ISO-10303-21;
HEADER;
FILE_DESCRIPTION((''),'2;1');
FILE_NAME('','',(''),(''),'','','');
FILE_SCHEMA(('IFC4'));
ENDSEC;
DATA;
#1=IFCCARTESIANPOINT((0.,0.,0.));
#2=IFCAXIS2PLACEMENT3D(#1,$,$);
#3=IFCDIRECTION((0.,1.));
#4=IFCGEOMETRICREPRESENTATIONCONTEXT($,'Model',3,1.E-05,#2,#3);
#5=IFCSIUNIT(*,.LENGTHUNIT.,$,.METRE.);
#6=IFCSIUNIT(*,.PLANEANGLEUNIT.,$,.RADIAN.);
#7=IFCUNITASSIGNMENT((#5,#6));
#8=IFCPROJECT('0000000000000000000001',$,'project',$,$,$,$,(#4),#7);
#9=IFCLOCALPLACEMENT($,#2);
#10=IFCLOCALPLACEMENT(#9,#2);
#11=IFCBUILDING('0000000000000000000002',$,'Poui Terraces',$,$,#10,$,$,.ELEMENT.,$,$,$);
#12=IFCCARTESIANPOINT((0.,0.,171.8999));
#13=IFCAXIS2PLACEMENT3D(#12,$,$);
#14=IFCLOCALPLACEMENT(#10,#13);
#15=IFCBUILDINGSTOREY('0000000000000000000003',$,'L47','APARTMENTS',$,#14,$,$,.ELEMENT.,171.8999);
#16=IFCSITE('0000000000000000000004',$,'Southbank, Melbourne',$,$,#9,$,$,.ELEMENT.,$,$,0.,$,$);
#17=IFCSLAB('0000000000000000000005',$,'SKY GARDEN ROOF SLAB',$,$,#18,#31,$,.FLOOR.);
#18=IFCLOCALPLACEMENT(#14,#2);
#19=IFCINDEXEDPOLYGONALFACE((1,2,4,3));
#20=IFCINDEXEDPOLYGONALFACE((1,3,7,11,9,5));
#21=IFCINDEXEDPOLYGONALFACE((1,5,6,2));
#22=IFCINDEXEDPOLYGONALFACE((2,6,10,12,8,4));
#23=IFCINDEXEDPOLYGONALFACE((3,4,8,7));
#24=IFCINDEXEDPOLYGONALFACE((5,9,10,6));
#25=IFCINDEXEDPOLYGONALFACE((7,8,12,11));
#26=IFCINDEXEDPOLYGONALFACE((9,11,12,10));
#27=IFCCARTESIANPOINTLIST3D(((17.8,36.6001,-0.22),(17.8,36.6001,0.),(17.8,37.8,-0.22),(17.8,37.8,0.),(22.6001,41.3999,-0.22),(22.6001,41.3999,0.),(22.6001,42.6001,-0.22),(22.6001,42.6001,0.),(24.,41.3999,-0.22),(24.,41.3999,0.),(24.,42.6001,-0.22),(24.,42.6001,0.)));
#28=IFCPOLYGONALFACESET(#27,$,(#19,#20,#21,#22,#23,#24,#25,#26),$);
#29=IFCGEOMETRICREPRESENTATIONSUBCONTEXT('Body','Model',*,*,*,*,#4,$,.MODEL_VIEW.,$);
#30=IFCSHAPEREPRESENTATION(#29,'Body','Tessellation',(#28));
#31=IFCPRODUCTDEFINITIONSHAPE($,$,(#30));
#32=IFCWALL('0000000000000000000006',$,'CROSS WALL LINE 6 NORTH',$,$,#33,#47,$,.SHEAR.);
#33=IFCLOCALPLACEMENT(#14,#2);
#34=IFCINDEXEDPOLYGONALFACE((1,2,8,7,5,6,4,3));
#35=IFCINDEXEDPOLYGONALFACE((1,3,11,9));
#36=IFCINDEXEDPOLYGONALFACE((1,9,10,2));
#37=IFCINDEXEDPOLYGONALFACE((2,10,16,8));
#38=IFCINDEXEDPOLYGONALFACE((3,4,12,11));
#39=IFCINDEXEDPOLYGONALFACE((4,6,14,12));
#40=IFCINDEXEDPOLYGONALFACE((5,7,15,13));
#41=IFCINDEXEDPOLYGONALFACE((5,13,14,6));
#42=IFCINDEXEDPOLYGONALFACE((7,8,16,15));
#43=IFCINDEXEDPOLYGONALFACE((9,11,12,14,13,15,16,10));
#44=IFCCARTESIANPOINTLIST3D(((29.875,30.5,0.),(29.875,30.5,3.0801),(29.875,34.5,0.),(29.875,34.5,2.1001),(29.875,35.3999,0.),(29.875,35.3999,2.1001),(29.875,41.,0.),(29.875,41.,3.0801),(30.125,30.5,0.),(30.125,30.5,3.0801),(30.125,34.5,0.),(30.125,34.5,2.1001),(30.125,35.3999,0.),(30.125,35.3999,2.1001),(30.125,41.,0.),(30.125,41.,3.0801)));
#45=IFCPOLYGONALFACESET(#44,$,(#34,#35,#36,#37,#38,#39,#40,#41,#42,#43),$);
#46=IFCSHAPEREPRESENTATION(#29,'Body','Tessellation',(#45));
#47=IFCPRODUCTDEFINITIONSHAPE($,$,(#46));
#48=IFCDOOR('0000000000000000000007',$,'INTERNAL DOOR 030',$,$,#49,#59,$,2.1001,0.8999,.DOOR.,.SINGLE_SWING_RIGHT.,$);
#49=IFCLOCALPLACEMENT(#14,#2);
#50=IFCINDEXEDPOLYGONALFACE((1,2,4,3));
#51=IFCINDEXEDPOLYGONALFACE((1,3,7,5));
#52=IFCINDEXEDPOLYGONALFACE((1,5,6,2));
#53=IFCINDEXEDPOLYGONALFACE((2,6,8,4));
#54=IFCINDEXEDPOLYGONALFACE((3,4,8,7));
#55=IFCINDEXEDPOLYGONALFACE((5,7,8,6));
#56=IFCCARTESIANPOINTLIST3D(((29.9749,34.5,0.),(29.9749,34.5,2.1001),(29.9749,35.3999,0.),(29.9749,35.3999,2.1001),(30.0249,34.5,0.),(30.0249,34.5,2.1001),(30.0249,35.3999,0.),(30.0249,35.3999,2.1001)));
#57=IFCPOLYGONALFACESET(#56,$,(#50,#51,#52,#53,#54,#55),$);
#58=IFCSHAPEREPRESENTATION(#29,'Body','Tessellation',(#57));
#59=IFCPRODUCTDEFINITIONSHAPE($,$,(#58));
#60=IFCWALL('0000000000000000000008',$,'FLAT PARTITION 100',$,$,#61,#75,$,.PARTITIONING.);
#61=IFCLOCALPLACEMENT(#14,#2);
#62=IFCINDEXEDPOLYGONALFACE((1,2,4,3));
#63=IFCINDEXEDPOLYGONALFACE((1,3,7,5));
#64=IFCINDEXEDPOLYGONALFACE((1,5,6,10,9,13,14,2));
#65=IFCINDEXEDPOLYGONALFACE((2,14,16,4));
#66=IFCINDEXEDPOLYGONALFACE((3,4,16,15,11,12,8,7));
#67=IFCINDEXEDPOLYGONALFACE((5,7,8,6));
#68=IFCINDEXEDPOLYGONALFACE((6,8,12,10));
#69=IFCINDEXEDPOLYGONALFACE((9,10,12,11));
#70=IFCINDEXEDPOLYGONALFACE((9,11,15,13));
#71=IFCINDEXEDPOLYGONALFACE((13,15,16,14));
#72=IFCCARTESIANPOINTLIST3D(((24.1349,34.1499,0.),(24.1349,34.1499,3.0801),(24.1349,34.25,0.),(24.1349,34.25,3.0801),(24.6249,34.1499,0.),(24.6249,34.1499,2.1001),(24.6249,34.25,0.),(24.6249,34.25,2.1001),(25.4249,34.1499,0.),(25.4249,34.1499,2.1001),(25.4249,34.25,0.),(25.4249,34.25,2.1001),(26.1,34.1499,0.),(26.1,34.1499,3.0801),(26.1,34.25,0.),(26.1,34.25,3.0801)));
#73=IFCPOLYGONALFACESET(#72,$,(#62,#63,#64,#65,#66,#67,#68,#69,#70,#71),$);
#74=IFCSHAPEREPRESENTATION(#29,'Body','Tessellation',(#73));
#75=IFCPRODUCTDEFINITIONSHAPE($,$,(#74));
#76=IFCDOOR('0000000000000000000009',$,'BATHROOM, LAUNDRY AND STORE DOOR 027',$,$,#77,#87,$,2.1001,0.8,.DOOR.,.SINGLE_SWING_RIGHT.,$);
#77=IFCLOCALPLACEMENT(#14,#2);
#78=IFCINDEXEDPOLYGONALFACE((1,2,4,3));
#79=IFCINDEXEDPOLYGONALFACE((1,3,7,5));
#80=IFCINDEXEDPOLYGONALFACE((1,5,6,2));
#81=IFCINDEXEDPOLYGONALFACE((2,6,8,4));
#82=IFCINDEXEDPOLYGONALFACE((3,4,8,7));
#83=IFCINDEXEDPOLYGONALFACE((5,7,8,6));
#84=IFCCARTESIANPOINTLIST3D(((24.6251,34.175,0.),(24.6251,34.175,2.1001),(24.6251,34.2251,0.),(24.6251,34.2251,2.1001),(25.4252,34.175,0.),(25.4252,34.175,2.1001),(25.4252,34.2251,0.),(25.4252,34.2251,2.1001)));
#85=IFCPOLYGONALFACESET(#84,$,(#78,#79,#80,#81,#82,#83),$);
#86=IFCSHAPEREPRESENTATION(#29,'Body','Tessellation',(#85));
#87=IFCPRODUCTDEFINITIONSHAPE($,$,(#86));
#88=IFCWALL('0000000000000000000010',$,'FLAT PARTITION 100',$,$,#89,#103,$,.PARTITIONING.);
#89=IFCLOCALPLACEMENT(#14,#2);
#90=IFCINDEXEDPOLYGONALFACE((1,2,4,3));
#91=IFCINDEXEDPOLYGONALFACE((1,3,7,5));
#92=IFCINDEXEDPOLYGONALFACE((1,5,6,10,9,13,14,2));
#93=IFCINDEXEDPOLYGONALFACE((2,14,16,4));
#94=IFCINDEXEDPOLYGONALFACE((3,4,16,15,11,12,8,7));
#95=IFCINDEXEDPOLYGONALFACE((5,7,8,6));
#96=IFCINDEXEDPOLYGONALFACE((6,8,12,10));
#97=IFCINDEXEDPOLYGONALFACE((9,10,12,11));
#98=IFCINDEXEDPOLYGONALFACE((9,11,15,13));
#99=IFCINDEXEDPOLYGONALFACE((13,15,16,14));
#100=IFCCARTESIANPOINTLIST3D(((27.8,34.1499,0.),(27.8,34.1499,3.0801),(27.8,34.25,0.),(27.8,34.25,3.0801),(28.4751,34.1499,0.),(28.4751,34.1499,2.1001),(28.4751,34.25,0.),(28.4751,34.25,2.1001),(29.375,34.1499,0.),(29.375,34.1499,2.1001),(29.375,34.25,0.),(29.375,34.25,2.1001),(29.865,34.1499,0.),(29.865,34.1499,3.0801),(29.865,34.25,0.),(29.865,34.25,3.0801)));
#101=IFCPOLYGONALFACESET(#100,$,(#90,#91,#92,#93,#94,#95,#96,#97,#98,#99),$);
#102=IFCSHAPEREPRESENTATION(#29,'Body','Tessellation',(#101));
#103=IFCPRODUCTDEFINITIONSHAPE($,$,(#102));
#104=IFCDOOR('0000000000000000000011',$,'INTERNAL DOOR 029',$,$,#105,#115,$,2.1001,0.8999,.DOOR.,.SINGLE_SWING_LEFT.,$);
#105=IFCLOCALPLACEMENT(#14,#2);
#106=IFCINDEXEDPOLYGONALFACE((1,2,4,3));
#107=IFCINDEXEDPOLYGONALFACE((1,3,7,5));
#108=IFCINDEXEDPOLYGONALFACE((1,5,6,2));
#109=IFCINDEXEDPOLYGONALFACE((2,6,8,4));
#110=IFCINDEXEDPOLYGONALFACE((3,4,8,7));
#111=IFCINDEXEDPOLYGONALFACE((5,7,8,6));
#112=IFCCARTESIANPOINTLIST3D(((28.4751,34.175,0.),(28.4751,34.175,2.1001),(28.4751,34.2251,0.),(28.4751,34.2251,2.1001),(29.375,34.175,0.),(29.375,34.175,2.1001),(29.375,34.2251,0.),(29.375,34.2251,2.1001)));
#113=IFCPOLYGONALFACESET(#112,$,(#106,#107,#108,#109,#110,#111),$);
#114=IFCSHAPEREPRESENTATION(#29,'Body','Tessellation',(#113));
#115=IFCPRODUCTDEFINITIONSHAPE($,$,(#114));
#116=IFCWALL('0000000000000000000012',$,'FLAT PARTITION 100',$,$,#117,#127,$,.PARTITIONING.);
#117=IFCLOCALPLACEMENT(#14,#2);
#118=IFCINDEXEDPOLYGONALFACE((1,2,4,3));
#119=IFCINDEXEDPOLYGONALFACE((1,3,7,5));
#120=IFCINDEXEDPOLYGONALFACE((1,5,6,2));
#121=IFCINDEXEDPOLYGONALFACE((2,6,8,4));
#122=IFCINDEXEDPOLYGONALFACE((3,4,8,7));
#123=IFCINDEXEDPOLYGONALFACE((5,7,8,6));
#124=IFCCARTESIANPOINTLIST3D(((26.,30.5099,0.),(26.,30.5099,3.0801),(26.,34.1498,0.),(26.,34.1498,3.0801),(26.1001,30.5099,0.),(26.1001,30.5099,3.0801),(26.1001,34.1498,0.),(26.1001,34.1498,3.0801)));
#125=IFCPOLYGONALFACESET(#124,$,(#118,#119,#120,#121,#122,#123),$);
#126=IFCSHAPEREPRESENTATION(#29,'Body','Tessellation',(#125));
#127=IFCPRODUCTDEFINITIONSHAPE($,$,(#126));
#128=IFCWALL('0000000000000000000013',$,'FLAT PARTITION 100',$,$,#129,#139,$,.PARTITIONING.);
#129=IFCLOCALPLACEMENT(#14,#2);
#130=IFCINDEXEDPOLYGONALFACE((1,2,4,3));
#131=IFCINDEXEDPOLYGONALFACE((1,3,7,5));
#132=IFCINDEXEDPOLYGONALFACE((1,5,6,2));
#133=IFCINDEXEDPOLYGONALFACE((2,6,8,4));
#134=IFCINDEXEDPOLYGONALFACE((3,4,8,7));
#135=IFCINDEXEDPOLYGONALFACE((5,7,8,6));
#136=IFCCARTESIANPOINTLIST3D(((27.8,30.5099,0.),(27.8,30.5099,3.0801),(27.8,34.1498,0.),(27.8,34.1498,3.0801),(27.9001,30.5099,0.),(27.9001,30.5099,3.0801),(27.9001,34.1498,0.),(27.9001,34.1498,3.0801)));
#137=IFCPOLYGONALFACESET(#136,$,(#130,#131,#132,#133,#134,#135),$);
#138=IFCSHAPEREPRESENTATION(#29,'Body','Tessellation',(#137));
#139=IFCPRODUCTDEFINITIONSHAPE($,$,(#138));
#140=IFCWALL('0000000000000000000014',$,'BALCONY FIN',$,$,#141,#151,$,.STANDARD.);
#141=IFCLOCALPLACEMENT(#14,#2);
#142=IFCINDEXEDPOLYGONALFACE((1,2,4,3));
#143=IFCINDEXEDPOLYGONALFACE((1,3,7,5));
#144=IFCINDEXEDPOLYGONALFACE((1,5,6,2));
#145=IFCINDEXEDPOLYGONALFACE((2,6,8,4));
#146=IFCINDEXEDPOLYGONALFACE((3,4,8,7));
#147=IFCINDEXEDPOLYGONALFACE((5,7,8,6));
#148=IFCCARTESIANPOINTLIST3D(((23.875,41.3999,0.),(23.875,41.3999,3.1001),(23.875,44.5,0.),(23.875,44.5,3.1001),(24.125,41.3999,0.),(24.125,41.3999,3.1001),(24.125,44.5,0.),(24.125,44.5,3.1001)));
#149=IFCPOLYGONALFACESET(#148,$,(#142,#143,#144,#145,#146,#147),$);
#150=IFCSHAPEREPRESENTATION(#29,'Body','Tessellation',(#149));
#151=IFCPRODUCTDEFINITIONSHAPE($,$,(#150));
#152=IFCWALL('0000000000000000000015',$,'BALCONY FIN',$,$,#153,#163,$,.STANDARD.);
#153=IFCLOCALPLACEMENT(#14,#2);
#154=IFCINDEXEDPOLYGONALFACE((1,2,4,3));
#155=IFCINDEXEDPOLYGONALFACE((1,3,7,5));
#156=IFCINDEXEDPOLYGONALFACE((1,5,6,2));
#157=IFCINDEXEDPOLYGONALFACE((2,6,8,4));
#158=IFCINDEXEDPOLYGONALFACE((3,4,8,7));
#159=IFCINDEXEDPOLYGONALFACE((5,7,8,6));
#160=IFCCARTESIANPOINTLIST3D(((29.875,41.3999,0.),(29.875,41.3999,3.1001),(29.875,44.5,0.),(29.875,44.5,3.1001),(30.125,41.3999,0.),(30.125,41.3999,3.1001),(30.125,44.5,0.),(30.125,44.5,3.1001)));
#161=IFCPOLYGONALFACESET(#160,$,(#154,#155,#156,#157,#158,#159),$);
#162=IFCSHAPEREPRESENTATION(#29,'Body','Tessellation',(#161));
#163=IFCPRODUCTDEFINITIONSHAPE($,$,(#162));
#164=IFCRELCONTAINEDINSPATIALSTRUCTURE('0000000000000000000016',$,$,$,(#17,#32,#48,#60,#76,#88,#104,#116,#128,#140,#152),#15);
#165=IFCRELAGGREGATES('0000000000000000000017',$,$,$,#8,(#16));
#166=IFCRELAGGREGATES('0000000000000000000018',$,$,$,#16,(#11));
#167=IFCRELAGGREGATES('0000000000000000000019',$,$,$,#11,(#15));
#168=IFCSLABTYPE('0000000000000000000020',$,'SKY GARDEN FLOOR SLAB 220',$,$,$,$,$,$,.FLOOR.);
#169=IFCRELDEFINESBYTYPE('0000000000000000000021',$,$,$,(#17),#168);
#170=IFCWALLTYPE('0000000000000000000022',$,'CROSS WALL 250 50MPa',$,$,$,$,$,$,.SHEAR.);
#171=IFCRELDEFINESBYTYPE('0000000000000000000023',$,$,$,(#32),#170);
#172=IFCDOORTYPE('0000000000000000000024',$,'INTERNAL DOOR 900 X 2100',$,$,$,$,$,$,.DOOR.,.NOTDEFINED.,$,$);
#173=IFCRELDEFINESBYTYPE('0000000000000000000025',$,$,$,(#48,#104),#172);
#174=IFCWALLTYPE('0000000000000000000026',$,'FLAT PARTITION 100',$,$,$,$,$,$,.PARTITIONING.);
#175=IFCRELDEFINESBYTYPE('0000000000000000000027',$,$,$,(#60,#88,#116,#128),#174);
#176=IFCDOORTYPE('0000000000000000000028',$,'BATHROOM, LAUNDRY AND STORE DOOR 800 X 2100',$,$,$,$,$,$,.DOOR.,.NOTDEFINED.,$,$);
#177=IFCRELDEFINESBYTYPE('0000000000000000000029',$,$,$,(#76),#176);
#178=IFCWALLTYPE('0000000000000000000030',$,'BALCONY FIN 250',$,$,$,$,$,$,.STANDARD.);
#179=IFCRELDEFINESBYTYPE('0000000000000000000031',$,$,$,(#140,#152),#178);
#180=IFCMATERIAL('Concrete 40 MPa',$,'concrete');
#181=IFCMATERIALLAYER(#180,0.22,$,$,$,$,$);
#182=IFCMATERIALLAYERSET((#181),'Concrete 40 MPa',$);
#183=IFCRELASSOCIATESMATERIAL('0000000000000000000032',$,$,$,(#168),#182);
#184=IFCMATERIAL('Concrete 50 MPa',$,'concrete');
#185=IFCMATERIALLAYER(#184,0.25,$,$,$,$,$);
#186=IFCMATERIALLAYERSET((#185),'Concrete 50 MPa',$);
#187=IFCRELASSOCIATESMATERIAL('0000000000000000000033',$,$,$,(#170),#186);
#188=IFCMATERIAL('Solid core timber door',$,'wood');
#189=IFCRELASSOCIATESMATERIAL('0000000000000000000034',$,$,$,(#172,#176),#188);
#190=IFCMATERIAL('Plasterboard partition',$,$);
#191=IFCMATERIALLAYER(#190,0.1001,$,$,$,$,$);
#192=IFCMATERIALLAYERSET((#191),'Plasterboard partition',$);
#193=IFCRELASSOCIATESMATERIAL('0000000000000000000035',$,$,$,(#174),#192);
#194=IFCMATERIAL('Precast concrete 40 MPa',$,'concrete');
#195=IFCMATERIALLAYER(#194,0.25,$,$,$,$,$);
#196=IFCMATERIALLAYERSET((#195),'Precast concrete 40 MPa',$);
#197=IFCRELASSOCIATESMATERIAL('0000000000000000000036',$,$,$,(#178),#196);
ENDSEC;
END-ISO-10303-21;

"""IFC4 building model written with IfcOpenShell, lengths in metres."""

from ifc_helpers import new_model, si_unit, direction, frame, frame_2d, origin, place, context, subcontext, project, spatial, polyline, rectangle, outline, extrude, source, transform, mapped, material, layer, layer_set, type_object, element, fill, save


model = new_model("IFC4")

# Units and contexts
model_context = context("Model", 3, precision=1e-05, world=origin(), true_north=direction((0.0, 1.0)))
body_context = subcontext(model_context, "Body", "Model", "MODEL_VIEW")
ifc_project = project(units=[si_unit("LENGTHUNIT", "METRE"), si_unit("PLANEANGLEUNIT", "RADIAN")], contexts=[model_context])

# Site, building, storey
site_placement = place(None, origin())
site = spatial("IfcSite", under=ifc_project, at=site_placement, Name="Southbank, Melbourne", CompositionType="ELEMENT", RefElevation=0.0)
building_placement = place(site_placement, origin())
building = spatial("IfcBuilding", under=site, at=building_placement, Name="Poui Terraces", CompositionType="ELEMENT")
storey_placement = place(building_placement, frame((0.0, 0.0, 171.8999)))
storey = spatial("IfcBuildingStorey", under=building, at=storey_placement, Name="L47", Description="APARTMENTS", CompositionType="ELEMENT", Elevation=171.8999)

# Slab
ifc_material_1 = material(Name="Concrete 40 MPa", Category="concrete")
ifc_layer_1 = layer(ifc_material_1, 0.22)
ifc_layer_set_1 = layer_set([ifc_layer_1], Name="Concrete 40 MPa")
slab_type = type_object("IfcSlabType", Name="SKY GARDEN FLOOR SLAB 220", PredefinedType="FLOOR", material=ifc_layer_set_1)
shared_shape_1 = source(origin(), body_context, "Body", "SweptSolid", [
    extrude(outline(polyline([(0.0, 0.0), (0.0, 1.2002), (-1.3999, 1.2002), (-6.2, -3.5999), (-6.2, -4.7998), (-1.3999, 0.0), (0.0, 0.0)])), origin(), (0.0, 0.0, 1.0), 0.22),
])
slab_placement = place(storey_placement, frame((24.0, 41.3999, -0.22)))
element("IfcSlab", 1, at=slab_placement, inside=storey, type_object=slab_type, Name="SKY GARDEN ROOF SLAB", PredefinedType="FLOOR", context=body_context, shape_type="MappedRepresentation", body=[
    mapped(shared_shape_1, transform((0.0, 0.0, 0.0))),
])

# Walls, openings, doors
ifc_material_2 = material(Name="Concrete 50 MPa", Category="concrete")
ifc_layer_2 = layer(ifc_material_2, 0.25)
ifc_layer_set_2 = layer_set([ifc_layer_2], Name="Concrete 50 MPa")
wall_type_1 = type_object("IfcWallType", Name="CROSS WALL 250 50MPa", PredefinedType="SHEAR", material=ifc_layer_set_2)
wall_1_placement = place(storey_placement, frame((30.0, 30.5, 0.0), z_axis=(0.0, 0.0, 1.0), x_axis=(0.0, 1.0, 0.0)))
wall_1 = element("IfcWall", 2, at=wall_1_placement, inside=storey, type_object=wall_type_1, Name="CROSS WALL LINE 6 NORTH", PredefinedType="SHEAR", context=body_context, shape_type="SweptSolid", body=[
    extrude(rectangle(XDim=10.5, YDim=0.25, at=frame_2d((5.25, 0.0))), origin(), (0.0, 0.0, 1.0), 3.0801),
])
opening_1_placement = place(wall_1_placement, frame((4.0, 0.0, 0.0)))
opening_1 = element("IfcOpeningElement", 3, at=opening_1_placement, cuts=wall_1, PredefinedType="OPENING", context=body_context, shape_type="SweptSolid", body=[
    extrude(rectangle(XDim=0.8999, YDim=2.1001, at=frame_2d((0.45, 1.05))), frame((0.0, 0.135, 0.0), z_axis=(0.0, -1.0, 0.0), x_axis=(1.0, 0.0, 0.0)), (0.0, 0.0, 1.0), 0.27),
])
ifc_material_3 = material(Name="Solid core timber door", Category="wood")
door_type_1 = type_object("IfcDoorType", Name="INTERNAL DOOR 900 X 2100", OperationType="NOTDEFINED", PredefinedType="DOOR", material=ifc_material_3)
door_1_placement = place(opening_1_placement, frame((0.8999, 0.0, 0.0), z_axis=(0.0, 0.0, 1.0), x_axis=(-1.0, 0.0, 0.0)))
door_1 = element("IfcDoor", 4, at=door_1_placement, inside=storey, type_object=door_type_1, Name="INTERNAL DOOR 030", OperationType="SINGLE_SWING_RIGHT", OverallHeight=2.1001, OverallWidth=0.8999, PredefinedType="DOOR", context=body_context, shape_type="SweptSolid", body=[
    extrude(rectangle(XDim=0.8999, YDim=2.1001, at=frame_2d((0.45, 1.05))), frame((0.0, 0.0249, 0.0), z_axis=(0.0, -1.0, 0.0), x_axis=(1.0, 0.0, 0.0)), (0.0, 0.0, 1.0), 0.05),
])
fill(opening_1, door_1)
ifc_material_4 = material(Name="Plasterboard partition")
ifc_layer_3 = layer(ifc_material_4, 0.1001)
ifc_layer_set_3 = layer_set([ifc_layer_3], Name="Plasterboard partition")
wall_type_2 = type_object("IfcWallType", Name="FLAT PARTITION 100", PredefinedType="PARTITIONING", material=ifc_layer_set_3)
wall_2_placement = place(storey_placement, frame((24.135, 34.2, 0.0), z_axis=(0.0, 0.0, 1.0), x_axis=(1.0, 0.0, 0.0)))
wall_2 = element("IfcWall", 5, at=wall_2_placement, inside=storey, type_object=wall_type_2, Name="FLAT PARTITION 100", PredefinedType="PARTITIONING", context=body_context, shape_type="SweptSolid", body=[
    extrude(rectangle(XDim=1.9651, YDim=0.1001, at=frame_2d((0.9824, 0.0))), origin(), (0.0, 0.0, 1.0), 3.0801),
])
opening_2_placement = place(wall_2_placement, frame((0.49, 0.0, 0.0)))
opening_2 = element("IfcOpeningElement", 6, at=opening_2_placement, cuts=wall_2, PredefinedType="OPENING", context=body_context, shape_type="SweptSolid", body=[
    extrude(rectangle(XDim=0.8, YDim=2.1001, at=frame_2d((0.3999, 1.05))), frame((0.0, 0.0601, 0.0), z_axis=(0.0, -1.0, 0.0), x_axis=(1.0, 0.0, 0.0)), (0.0, 0.0, 1.0), 0.1201),
])
door_type_2 = type_object("IfcDoorType", Name="BATHROOM, LAUNDRY AND STORE DOOR 800 X 2100", OperationType="NOTDEFINED", PredefinedType="DOOR", material=ifc_material_3)
door_2_placement = place(opening_2_placement, frame((0.8, 0.0, 0.0), z_axis=(0.0, 0.0, 1.0), x_axis=(-1.0, 0.0, 0.0)))
door_2 = element("IfcDoor", 7, at=door_2_placement, inside=storey, type_object=door_type_2, Name="BATHROOM, LAUNDRY AND STORE DOOR 027", OperationType="SINGLE_SWING_RIGHT", OverallHeight=2.1001, OverallWidth=0.8, PredefinedType="DOOR", context=body_context, shape_type="SweptSolid", body=[
    extrude(rectangle(XDim=0.8, YDim=2.1001, at=frame_2d((0.3999, 1.05))), frame((0.0, 0.0249, 0.0), z_axis=(0.0, -1.0, 0.0), x_axis=(1.0, 0.0, 0.0)), (0.0, 0.0, 1.0), 0.05),
])
fill(opening_2, door_2)
wall_3_placement = place(storey_placement, frame((27.8, 34.2, 0.0), z_axis=(0.0, 0.0, 1.0), x_axis=(1.0, 0.0, 0.0)))
wall_3 = element("IfcWall", 8, at=wall_3_placement, inside=storey, type_object=wall_type_2, Name="FLAT PARTITION 100", PredefinedType="PARTITIONING", context=body_context, shape_type="SweptSolid", body=[
    extrude(rectangle(XDim=2.0649, YDim=0.1001, at=frame_2d((1.0325, 0.0))), origin(), (0.0, 0.0, 1.0), 3.0801),
])
opening_3_placement = place(wall_3_placement, frame((0.675, 0.0, 0.0)))
opening_3 = element("IfcOpeningElement", 9, at=opening_3_placement, cuts=wall_3, PredefinedType="OPENING", context=body_context, shape_type="SweptSolid", body=[
    extrude(rectangle(XDim=0.8999, YDim=2.1001, at=frame_2d((0.45, 1.05))), frame((0.0, 0.0601, 0.0), z_axis=(0.0, -1.0, 0.0), x_axis=(1.0, 0.0, 0.0)), (0.0, 0.0, 1.0), 0.1201),
])
door_3_placement = place(opening_3_placement, frame((0.8999, 0.0, 0.0), z_axis=(0.0, 0.0, 1.0), x_axis=(-1.0, 0.0, 0.0)))
door_3 = element("IfcDoor", 10, at=door_3_placement, inside=storey, type_object=door_type_1, Name="INTERNAL DOOR 029", OperationType="SINGLE_SWING_LEFT", OverallHeight=2.1001, OverallWidth=0.8999, PredefinedType="DOOR", context=body_context, shape_type="SweptSolid", body=[
    extrude(rectangle(XDim=0.8999, YDim=2.1001, at=frame_2d((0.45, 1.05))), frame((0.0, 0.0249, 0.0), z_axis=(0.0, -1.0, 0.0), x_axis=(1.0, 0.0, 0.0)), (0.0, 0.0, 1.0), 0.05),
])
fill(opening_3, door_3)

# Walls
for number, where, z_axis, x_axis, name in (
    (11, (26.05, 30.51, 0.0), (0.0, 0.0, 1.0), (0.0, 1.0, 0.0), "FLAT PARTITION 100"),
    (12, (27.8501, 30.51, 0.0), (0.0, 0.0, 1.0), (0.0, 1.0, 0.0), "FLAT PARTITION 100"),
):
    element("IfcWall", number, at=place(storey_placement, frame(where, z_axis=z_axis, x_axis=x_axis)), inside=storey, type_object=wall_type_2, Name=name, PredefinedType="PARTITIONING", context=body_context, shape_type="SweptSolid", body=[
        extrude(rectangle(XDim=3.6399, YDim=0.1001, at=frame_2d((1.8198, 0.0))), origin(), (0.0, 0.0, 1.0), 3.0801),
    ])
ifc_material_5 = material(Name="Precast concrete 40 MPa", Category="concrete")
ifc_layer_4 = layer(ifc_material_5, 0.25)
ifc_layer_set_4 = layer_set([ifc_layer_4], Name="Precast concrete 40 MPa")
wall_type_3 = type_object("IfcWallType", Name="BALCONY FIN 250", PredefinedType="STANDARD", material=ifc_layer_set_4)
shared_shape_2 = source(origin(), body_context, "Body", "SweptSolid", [
    extrude(outline(polyline([(0.0, 0.0), (0.25, 0.0), (0.25, 3.1001), (0.0, 3.1001), (0.0, 0.0)])), origin(), (0.0, 0.0, 1.0), 3.1001),
])
for number, where, name in (
    (13, (23.875, 41.3999, 0.0), "BALCONY FIN"),
    (14, (29.875, 41.3999, 0.0), "BALCONY FIN"),
):
    element("IfcWall", number, at=place(storey_placement, frame(where)), inside=storey, type_object=wall_type_3, Name=name, PredefinedType="STANDARD", context=body_context, shape_type="MappedRepresentation", body=[
        mapped(shared_shape_2, transform((0.0, 0.0, 0.0))),
    ])

save(model, "model.ifc")
